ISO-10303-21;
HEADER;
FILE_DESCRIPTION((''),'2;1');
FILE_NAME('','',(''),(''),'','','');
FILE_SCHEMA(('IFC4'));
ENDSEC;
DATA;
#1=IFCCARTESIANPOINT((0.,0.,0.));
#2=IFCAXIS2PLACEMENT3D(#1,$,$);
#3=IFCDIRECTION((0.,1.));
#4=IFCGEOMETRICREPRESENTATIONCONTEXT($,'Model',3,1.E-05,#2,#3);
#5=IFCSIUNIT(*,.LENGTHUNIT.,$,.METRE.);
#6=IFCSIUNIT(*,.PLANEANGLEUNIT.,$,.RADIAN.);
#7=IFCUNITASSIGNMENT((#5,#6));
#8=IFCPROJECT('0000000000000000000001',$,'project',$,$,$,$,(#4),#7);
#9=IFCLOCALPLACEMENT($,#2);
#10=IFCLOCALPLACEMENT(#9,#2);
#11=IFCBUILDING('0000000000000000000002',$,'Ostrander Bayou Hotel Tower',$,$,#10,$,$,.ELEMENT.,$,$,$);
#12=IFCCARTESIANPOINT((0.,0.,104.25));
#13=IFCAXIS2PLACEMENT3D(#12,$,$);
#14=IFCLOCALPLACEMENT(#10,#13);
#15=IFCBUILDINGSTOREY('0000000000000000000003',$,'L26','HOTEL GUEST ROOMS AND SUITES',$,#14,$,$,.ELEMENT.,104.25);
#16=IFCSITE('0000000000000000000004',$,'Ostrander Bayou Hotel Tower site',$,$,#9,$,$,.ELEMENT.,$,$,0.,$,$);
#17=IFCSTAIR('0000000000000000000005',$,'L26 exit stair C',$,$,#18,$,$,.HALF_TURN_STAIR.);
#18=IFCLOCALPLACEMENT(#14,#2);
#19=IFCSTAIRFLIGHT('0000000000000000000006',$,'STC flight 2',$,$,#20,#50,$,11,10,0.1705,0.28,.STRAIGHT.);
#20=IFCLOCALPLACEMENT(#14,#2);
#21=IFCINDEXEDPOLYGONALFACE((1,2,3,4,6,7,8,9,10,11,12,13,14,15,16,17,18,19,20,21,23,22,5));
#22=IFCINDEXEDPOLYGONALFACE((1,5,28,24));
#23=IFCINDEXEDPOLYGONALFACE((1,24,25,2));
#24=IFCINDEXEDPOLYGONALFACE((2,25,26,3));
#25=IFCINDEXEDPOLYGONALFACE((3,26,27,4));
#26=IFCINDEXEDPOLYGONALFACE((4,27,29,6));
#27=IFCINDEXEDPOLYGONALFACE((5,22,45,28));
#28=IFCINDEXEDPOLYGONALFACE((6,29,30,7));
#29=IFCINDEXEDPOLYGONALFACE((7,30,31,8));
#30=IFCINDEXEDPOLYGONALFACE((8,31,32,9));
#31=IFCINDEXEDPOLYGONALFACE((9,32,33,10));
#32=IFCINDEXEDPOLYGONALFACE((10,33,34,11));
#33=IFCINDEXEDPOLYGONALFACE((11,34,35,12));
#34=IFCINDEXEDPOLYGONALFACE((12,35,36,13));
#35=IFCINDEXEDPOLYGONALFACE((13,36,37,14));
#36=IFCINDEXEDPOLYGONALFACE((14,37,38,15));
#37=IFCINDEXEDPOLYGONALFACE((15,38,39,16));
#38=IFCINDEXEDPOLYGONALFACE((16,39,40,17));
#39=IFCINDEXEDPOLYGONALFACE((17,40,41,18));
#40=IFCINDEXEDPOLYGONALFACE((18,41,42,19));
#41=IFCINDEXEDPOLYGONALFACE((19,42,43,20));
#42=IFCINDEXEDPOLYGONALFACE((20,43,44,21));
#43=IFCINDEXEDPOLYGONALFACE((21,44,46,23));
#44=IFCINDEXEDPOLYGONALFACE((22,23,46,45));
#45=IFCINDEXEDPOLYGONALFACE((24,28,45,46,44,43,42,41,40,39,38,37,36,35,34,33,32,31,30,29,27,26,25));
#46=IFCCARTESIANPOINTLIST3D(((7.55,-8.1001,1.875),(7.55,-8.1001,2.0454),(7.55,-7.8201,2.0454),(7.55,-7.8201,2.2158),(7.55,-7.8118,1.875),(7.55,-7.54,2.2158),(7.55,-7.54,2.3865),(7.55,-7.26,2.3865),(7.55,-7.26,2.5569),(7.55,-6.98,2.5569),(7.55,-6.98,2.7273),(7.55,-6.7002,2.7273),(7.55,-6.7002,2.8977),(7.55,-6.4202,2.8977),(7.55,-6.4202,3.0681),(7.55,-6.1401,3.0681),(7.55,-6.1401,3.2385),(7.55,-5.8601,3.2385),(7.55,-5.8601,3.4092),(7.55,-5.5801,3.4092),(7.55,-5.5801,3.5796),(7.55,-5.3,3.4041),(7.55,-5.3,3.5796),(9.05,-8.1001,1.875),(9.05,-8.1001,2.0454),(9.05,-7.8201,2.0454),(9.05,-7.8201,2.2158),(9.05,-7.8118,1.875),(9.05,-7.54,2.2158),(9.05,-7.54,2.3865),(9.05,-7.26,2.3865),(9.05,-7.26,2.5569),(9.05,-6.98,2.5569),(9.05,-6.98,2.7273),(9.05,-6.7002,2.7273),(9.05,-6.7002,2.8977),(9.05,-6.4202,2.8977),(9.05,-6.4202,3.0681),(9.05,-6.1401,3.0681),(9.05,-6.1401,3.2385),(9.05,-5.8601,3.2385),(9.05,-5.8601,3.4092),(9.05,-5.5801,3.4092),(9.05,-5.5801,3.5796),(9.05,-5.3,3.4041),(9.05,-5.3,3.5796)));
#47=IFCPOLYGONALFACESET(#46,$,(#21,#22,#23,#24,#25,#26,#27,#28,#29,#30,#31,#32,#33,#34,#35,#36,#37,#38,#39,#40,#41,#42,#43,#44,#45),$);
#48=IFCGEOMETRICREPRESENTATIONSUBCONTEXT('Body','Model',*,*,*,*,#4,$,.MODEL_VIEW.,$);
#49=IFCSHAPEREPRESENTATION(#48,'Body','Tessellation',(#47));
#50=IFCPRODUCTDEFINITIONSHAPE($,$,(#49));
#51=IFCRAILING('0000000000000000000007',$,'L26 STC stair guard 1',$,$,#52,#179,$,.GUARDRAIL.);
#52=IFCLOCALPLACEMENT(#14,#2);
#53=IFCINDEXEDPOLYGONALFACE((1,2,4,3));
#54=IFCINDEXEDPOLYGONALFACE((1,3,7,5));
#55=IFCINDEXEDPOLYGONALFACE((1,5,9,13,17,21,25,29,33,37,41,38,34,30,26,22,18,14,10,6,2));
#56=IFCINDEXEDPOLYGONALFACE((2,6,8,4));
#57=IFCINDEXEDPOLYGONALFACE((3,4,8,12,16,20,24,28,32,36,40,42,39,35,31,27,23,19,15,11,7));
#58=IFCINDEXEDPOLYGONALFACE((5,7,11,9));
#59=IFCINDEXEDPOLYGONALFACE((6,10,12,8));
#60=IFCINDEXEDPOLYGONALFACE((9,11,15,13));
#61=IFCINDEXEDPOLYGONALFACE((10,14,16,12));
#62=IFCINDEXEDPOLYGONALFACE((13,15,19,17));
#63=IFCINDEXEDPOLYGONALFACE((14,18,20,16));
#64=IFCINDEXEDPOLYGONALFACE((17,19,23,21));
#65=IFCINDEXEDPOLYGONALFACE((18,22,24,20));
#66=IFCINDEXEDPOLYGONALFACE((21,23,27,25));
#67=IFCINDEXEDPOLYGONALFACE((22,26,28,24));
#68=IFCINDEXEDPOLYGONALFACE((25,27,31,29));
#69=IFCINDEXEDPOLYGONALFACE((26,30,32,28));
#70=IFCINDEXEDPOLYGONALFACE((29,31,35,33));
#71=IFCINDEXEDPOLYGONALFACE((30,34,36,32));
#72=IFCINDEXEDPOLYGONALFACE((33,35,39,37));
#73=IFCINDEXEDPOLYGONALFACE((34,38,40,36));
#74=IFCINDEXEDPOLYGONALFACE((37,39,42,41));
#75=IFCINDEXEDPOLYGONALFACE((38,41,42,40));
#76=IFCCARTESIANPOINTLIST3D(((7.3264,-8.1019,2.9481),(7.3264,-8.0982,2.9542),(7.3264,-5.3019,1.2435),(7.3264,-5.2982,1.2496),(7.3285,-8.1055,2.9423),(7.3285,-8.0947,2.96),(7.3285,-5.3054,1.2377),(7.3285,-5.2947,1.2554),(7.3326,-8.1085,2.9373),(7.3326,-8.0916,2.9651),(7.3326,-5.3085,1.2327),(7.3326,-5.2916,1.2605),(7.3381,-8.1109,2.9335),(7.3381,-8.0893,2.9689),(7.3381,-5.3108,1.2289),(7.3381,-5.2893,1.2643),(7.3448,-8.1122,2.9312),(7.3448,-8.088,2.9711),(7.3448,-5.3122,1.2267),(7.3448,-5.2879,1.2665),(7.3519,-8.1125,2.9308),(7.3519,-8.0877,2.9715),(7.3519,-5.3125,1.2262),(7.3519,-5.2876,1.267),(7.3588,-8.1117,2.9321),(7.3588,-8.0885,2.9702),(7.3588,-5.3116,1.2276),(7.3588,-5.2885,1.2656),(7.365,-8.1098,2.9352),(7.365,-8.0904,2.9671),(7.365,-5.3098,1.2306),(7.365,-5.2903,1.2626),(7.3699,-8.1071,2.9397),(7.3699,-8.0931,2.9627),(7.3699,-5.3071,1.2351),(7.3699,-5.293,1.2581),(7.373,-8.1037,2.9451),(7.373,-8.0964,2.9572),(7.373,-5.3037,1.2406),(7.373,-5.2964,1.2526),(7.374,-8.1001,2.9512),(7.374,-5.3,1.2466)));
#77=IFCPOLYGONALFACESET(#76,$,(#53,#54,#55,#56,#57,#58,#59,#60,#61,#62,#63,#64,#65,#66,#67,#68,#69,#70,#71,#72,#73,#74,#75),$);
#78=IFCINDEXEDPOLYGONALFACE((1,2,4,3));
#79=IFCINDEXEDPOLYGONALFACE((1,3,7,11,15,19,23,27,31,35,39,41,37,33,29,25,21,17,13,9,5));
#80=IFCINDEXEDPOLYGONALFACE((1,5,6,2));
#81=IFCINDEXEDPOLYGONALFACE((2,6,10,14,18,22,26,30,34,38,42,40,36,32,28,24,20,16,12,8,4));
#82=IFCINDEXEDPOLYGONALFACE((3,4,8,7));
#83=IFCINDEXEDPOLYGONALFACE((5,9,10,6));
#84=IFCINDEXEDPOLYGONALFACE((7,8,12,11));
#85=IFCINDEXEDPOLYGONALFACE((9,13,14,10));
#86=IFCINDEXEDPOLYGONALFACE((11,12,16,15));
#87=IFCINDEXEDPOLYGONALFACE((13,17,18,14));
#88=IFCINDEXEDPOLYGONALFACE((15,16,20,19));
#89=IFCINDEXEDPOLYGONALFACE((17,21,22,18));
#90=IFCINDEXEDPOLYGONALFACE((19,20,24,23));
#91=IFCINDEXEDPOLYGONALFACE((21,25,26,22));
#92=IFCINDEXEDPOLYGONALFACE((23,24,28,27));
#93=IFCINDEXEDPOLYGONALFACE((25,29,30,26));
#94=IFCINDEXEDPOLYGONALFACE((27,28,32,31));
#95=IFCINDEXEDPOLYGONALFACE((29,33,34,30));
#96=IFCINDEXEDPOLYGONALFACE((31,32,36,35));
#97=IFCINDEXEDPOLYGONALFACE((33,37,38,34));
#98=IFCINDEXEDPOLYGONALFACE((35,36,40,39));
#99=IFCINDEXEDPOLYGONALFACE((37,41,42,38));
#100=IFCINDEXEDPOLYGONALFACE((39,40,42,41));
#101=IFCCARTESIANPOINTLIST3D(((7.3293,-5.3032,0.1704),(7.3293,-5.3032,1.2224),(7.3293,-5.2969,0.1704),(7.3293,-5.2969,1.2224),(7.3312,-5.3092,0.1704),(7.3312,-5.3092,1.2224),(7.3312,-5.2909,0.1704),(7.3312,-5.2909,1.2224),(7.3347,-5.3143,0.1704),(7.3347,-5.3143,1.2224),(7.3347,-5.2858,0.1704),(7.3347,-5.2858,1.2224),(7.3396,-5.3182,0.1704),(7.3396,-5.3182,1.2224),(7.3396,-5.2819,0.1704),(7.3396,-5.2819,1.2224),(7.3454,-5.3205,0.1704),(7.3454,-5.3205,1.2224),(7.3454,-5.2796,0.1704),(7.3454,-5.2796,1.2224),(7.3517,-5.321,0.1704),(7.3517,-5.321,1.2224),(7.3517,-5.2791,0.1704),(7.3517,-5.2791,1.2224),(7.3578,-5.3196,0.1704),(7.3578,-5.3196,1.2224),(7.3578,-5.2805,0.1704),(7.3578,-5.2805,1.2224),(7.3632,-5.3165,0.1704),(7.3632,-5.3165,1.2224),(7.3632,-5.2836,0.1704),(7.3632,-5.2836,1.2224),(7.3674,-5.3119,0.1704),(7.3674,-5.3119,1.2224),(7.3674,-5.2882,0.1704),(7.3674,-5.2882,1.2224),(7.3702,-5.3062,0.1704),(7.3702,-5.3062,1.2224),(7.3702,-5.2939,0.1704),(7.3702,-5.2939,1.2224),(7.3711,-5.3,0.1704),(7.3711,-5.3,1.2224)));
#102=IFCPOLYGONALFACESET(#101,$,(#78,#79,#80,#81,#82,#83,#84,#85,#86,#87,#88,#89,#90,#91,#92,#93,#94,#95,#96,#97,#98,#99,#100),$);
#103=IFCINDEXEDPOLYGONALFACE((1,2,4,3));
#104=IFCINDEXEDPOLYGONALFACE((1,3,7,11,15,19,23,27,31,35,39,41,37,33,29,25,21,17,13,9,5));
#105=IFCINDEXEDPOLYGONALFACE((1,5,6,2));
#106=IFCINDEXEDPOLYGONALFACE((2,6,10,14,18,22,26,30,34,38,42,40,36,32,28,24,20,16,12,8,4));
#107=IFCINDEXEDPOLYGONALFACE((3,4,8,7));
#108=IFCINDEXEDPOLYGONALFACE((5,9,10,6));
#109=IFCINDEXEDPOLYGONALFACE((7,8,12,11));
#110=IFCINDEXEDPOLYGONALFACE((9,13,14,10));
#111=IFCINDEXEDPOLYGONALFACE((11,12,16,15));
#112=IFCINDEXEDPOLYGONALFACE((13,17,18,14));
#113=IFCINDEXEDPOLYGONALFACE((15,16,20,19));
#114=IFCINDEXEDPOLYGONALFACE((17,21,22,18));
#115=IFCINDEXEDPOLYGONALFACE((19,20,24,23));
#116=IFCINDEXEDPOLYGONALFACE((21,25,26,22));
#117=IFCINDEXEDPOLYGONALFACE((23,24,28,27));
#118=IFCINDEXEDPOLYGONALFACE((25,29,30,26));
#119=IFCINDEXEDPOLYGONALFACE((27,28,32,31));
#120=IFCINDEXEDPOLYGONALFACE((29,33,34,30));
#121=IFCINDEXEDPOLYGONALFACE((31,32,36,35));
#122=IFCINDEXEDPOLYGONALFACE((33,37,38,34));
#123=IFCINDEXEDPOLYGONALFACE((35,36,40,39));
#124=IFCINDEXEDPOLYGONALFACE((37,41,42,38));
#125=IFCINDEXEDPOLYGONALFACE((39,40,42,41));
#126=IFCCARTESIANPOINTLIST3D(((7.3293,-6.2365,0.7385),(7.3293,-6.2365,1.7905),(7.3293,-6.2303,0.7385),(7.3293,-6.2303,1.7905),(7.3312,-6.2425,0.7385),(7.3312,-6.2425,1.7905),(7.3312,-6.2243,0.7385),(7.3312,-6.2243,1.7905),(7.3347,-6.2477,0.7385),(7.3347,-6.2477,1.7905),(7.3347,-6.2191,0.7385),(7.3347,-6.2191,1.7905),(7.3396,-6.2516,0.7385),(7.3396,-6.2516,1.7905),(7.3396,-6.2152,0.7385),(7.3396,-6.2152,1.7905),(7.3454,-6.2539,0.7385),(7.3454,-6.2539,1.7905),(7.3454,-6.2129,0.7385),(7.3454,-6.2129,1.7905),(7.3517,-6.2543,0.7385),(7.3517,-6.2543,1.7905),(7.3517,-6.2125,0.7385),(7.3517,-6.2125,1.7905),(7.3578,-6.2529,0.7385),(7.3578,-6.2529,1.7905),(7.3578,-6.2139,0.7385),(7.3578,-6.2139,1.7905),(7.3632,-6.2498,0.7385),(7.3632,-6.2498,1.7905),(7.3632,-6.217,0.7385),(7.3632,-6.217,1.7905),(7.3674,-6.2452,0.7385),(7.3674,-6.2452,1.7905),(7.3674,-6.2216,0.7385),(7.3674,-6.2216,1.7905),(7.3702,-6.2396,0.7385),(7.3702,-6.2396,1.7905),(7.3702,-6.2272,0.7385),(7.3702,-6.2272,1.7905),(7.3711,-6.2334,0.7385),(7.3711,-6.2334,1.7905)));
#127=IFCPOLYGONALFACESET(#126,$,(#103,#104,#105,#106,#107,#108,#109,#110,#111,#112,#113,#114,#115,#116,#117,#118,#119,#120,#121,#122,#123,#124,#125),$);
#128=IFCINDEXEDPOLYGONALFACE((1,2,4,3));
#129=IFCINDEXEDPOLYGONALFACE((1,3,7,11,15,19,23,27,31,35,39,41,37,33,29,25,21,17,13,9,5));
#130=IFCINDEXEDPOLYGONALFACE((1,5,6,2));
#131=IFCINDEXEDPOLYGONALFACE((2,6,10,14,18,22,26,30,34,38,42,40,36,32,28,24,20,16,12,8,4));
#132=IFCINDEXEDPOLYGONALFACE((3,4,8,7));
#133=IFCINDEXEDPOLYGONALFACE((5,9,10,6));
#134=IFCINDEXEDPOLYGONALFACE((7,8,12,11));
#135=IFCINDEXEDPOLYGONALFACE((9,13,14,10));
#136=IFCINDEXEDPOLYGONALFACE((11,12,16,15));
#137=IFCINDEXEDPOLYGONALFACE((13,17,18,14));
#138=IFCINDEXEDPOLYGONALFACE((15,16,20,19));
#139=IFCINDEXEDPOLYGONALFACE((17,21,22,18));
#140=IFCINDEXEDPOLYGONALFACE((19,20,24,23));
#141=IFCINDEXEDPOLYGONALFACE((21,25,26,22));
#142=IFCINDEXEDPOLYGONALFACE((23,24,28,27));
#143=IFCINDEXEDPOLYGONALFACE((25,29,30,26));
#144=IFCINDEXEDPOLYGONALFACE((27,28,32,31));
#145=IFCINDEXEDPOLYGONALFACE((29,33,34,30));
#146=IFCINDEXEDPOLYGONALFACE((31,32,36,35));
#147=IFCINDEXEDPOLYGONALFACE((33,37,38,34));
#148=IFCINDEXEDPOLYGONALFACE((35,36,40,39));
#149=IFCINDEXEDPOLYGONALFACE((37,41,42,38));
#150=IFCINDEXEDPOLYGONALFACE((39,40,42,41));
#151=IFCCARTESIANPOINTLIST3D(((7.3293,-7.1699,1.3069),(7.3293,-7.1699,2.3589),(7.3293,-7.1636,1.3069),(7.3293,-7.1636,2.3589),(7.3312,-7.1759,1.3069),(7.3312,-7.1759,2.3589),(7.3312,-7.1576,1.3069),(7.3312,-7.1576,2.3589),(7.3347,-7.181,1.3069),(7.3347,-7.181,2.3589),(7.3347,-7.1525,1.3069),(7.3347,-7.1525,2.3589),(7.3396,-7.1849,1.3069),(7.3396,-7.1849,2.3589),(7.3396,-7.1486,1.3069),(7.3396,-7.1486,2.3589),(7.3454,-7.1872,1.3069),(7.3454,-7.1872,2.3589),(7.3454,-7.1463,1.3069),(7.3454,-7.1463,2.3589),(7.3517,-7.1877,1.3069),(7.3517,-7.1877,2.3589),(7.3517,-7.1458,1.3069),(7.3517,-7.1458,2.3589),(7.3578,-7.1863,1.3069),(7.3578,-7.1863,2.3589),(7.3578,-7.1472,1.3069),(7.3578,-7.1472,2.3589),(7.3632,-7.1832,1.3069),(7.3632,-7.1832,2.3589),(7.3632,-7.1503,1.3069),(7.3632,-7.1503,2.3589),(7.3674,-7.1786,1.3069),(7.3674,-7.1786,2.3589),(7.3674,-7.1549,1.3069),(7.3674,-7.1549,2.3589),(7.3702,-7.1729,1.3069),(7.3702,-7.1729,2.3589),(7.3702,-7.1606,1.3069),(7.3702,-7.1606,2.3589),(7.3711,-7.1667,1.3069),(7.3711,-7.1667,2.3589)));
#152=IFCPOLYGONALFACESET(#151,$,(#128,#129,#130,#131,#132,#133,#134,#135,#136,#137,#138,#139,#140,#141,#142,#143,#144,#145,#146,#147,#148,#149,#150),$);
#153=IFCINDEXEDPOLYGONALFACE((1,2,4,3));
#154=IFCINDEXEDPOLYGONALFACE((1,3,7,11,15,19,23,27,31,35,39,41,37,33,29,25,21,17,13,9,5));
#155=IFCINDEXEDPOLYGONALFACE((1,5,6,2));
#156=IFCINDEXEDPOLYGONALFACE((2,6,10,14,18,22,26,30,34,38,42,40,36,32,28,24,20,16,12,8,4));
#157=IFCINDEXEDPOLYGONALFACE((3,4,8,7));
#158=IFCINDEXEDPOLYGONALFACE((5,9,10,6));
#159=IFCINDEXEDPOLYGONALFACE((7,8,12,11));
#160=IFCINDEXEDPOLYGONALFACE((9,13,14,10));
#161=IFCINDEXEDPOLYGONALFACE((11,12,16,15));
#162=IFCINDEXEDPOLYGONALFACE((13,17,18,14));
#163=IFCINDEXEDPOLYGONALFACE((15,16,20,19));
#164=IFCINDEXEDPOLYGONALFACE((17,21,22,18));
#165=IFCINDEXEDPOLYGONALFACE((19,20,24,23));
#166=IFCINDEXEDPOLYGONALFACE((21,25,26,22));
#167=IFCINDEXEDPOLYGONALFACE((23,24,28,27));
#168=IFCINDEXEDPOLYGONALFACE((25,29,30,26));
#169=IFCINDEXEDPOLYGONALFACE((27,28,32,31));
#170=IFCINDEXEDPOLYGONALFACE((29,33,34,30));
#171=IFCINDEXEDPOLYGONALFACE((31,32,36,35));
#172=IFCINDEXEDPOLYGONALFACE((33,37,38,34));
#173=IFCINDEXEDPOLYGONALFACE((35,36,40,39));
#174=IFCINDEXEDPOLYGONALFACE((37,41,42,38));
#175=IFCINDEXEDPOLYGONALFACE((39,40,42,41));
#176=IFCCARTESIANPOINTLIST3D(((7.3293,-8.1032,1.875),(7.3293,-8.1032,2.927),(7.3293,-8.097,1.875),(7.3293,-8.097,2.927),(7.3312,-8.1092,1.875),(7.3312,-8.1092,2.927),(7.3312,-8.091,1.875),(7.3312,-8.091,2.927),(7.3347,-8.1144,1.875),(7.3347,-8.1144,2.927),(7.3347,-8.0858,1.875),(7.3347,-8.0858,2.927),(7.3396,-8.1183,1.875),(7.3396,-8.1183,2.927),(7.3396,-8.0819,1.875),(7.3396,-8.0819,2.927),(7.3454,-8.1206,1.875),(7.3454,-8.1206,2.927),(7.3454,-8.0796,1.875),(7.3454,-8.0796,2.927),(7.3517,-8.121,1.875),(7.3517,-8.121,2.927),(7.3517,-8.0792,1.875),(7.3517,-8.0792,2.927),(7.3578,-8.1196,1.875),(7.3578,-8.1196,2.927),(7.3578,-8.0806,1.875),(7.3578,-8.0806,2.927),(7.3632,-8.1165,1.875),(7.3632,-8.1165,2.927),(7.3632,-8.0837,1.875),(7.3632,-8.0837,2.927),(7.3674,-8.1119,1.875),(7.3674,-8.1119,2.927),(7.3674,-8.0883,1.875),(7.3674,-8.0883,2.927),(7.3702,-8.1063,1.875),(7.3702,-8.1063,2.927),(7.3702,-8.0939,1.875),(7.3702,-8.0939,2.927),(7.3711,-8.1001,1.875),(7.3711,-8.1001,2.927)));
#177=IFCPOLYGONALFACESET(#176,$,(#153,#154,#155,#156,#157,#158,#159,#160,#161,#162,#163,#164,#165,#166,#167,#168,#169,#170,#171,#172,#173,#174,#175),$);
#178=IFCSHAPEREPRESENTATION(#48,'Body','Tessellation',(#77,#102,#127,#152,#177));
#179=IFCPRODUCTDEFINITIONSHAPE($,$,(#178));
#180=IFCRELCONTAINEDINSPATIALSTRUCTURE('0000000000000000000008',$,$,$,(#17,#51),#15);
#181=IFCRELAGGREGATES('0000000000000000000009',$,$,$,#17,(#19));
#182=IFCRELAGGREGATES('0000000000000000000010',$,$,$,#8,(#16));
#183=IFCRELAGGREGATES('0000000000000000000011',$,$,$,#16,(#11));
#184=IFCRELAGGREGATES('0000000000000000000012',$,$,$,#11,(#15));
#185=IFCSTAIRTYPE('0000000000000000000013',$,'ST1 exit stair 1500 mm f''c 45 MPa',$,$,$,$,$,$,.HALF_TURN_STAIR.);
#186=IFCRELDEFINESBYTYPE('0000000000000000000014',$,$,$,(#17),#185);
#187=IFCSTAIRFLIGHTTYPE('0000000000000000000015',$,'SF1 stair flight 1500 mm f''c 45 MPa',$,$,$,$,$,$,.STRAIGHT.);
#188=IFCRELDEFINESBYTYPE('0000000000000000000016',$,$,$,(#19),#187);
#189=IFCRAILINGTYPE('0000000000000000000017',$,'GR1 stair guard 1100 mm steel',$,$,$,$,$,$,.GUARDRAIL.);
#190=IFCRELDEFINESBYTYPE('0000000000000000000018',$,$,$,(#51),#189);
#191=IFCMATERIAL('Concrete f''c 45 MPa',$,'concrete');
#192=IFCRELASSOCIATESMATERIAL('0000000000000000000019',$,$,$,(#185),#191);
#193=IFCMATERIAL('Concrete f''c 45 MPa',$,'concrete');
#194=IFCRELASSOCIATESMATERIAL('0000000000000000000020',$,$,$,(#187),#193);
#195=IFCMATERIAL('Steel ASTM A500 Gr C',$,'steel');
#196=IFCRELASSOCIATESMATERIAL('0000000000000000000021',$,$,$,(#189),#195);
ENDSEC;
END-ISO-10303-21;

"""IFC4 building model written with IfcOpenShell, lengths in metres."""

from ifc_helpers import new_model, si_unit, direction, frame, origin, origin_2d, place, context, subcontext, project, spatial, polyline, circle, outline, extrude, material, type_object, element, aggregate, save


model = new_model("IFC4")

# Units and contexts
model_context = context("Model", 3, precision=1e-05, world=origin(), true_north=direction((0.0, 1.0)))
body_context = subcontext(model_context, "Body", "Model", "MODEL_VIEW")
ifc_project = project(units=[si_unit("LENGTHUNIT", "METRE"), si_unit("PLANEANGLEUNIT", "RADIAN")], contexts=[model_context])

# Site, building, storey
site_placement = place(None, origin())
site = spatial("IfcSite", under=ifc_project, at=site_placement, Name="Ostrander Bayou Hotel Tower site", CompositionType="ELEMENT", RefElevation=0.0)
building_placement = place(site_placement, origin())
building = spatial("IfcBuilding", under=site, at=building_placement, Name="Ostrander Bayou Hotel Tower", CompositionType="ELEMENT")
storey_placement = place(building_placement, frame((0.0, 0.0, 104.25)))
storey = spatial("IfcBuildingStorey", under=building, at=storey_placement, Name="L26", Description="HOTEL GUEST ROOMS AND SUITES", CompositionType="ELEMENT", Elevation=104.25)

# Stair, stair flight
ifc_material_1 = material(Name="Concrete f'c 45 MPa", Category="concrete")
stair_type = type_object("IfcStairType", Name="ST1 exit stair 1500 mm f'c 45 MPa", PredefinedType="HALF_TURN_STAIR", material=ifc_material_1)
stair_placement = place(storey_placement, origin())
stair = element("IfcStair", 1, at=stair_placement, inside=storey, type_object=stair_type, Name="L26 exit stair C", PredefinedType="HALF_TURN_STAIR")
ifc_material_2 = material(Name="Concrete f'c 45 MPa", Category="concrete")
stair_flight_type = type_object("IfcStairFlightType", Name="SF1 stair flight 1500 mm f'c 45 MPa", PredefinedType="STRAIGHT", material=ifc_material_2)
stair_flight_1_placement = place(storey_placement, frame((8.3, -8.1001, 1.875), z_axis=(0.0, 0.0, 1.0), x_axis=(0.0, 1.0, 0.0)))
stair_flight_1 = element("IfcStairFlight", 2, at=stair_flight_1_placement, type_object=stair_flight_type, Name="STC flight 2", NumberOfRisers=11, NumberOfTreads=10, PredefinedType="STRAIGHT", RiserHeight=0.1705, TreadLength=0.28, context=body_context, shape_type="SweptSolid", body=[
    extrude(outline(polyline([(0.0, 0.0), (0.0, 0.1704), (0.28, 0.1704), (0.28, 0.3408), (0.5601, 0.3408), (0.5601, 0.5115), (0.8401, 0.5115), (0.8401, 0.6819), (1.1201, 0.6819), (1.1201, 0.8523), (1.3999, 0.8523), (1.3999, 1.0227), (1.6799, 1.0227), (1.6799, 1.1931), (1.96, 1.1931), (1.96, 1.3635), (2.24, 1.3635), (2.24, 1.5342), (2.52, 1.5342), (2.52, 1.7046), (2.8, 1.7046), (2.8, 1.875), (2.8, 1.5291), (0.2883, 0.0), (0.0, 0.0)])), frame((0.0, 0.75, 0.0), z_axis=(0.0, -1.0, 0.0), x_axis=(1.0, 0.0, 0.0)), (0.0, 0.0, 1.0), 1.5),
])
aggregate(stair, [stair_flight_1])

# Railing
ifc_material_3 = material(Name="Steel ASTM A500 Gr C", Category="steel")
railing_type_1 = type_object("IfcRailingType", Name="GR1 stair guard 1100 mm steel", PredefinedType="GUARDRAIL", material=ifc_material_3)
railing_1_placement = place(storey_placement, frame((7.3501, -5.3, 0.1704)))
element("IfcRailing", 3, at=railing_1_placement, inside=storey, type_object=railing_type_1, Name="L26 STC stair guard 1", PredefinedType="GUARDRAIL", context=body_context, shape_type="SweptSolid", body=[
    extrude(circle(Radius=0.0239, at=origin_2d()), frame((0.0, 0.0, 1.0762), z_axis=(0.0, -0.85417, 0.519994), x_axis=(1.0, 0.0, 0.0)), (0.0, 0.0, 1.0), 3.2781),
    extrude(circle(Radius=0.021, at=origin_2d()), origin(), (0.0, 0.0, 1.0), 1.052),
    extrude(circle(Radius=0.021, at=origin_2d()), frame((0.0, -0.9333, 0.5681)), (0.0, 0.0, 1.0), 1.052),
    extrude(circle(Radius=0.021, at=origin_2d()), frame((0.0, -1.8667, 1.1365)), (0.0, 0.0, 1.0), 1.052),
    extrude(circle(Radius=0.021, at=origin_2d()), frame((0.0, -2.8, 1.7046)), (0.0, 0.0, 1.0), 1.052),
])

save(model, "model.ifc")
